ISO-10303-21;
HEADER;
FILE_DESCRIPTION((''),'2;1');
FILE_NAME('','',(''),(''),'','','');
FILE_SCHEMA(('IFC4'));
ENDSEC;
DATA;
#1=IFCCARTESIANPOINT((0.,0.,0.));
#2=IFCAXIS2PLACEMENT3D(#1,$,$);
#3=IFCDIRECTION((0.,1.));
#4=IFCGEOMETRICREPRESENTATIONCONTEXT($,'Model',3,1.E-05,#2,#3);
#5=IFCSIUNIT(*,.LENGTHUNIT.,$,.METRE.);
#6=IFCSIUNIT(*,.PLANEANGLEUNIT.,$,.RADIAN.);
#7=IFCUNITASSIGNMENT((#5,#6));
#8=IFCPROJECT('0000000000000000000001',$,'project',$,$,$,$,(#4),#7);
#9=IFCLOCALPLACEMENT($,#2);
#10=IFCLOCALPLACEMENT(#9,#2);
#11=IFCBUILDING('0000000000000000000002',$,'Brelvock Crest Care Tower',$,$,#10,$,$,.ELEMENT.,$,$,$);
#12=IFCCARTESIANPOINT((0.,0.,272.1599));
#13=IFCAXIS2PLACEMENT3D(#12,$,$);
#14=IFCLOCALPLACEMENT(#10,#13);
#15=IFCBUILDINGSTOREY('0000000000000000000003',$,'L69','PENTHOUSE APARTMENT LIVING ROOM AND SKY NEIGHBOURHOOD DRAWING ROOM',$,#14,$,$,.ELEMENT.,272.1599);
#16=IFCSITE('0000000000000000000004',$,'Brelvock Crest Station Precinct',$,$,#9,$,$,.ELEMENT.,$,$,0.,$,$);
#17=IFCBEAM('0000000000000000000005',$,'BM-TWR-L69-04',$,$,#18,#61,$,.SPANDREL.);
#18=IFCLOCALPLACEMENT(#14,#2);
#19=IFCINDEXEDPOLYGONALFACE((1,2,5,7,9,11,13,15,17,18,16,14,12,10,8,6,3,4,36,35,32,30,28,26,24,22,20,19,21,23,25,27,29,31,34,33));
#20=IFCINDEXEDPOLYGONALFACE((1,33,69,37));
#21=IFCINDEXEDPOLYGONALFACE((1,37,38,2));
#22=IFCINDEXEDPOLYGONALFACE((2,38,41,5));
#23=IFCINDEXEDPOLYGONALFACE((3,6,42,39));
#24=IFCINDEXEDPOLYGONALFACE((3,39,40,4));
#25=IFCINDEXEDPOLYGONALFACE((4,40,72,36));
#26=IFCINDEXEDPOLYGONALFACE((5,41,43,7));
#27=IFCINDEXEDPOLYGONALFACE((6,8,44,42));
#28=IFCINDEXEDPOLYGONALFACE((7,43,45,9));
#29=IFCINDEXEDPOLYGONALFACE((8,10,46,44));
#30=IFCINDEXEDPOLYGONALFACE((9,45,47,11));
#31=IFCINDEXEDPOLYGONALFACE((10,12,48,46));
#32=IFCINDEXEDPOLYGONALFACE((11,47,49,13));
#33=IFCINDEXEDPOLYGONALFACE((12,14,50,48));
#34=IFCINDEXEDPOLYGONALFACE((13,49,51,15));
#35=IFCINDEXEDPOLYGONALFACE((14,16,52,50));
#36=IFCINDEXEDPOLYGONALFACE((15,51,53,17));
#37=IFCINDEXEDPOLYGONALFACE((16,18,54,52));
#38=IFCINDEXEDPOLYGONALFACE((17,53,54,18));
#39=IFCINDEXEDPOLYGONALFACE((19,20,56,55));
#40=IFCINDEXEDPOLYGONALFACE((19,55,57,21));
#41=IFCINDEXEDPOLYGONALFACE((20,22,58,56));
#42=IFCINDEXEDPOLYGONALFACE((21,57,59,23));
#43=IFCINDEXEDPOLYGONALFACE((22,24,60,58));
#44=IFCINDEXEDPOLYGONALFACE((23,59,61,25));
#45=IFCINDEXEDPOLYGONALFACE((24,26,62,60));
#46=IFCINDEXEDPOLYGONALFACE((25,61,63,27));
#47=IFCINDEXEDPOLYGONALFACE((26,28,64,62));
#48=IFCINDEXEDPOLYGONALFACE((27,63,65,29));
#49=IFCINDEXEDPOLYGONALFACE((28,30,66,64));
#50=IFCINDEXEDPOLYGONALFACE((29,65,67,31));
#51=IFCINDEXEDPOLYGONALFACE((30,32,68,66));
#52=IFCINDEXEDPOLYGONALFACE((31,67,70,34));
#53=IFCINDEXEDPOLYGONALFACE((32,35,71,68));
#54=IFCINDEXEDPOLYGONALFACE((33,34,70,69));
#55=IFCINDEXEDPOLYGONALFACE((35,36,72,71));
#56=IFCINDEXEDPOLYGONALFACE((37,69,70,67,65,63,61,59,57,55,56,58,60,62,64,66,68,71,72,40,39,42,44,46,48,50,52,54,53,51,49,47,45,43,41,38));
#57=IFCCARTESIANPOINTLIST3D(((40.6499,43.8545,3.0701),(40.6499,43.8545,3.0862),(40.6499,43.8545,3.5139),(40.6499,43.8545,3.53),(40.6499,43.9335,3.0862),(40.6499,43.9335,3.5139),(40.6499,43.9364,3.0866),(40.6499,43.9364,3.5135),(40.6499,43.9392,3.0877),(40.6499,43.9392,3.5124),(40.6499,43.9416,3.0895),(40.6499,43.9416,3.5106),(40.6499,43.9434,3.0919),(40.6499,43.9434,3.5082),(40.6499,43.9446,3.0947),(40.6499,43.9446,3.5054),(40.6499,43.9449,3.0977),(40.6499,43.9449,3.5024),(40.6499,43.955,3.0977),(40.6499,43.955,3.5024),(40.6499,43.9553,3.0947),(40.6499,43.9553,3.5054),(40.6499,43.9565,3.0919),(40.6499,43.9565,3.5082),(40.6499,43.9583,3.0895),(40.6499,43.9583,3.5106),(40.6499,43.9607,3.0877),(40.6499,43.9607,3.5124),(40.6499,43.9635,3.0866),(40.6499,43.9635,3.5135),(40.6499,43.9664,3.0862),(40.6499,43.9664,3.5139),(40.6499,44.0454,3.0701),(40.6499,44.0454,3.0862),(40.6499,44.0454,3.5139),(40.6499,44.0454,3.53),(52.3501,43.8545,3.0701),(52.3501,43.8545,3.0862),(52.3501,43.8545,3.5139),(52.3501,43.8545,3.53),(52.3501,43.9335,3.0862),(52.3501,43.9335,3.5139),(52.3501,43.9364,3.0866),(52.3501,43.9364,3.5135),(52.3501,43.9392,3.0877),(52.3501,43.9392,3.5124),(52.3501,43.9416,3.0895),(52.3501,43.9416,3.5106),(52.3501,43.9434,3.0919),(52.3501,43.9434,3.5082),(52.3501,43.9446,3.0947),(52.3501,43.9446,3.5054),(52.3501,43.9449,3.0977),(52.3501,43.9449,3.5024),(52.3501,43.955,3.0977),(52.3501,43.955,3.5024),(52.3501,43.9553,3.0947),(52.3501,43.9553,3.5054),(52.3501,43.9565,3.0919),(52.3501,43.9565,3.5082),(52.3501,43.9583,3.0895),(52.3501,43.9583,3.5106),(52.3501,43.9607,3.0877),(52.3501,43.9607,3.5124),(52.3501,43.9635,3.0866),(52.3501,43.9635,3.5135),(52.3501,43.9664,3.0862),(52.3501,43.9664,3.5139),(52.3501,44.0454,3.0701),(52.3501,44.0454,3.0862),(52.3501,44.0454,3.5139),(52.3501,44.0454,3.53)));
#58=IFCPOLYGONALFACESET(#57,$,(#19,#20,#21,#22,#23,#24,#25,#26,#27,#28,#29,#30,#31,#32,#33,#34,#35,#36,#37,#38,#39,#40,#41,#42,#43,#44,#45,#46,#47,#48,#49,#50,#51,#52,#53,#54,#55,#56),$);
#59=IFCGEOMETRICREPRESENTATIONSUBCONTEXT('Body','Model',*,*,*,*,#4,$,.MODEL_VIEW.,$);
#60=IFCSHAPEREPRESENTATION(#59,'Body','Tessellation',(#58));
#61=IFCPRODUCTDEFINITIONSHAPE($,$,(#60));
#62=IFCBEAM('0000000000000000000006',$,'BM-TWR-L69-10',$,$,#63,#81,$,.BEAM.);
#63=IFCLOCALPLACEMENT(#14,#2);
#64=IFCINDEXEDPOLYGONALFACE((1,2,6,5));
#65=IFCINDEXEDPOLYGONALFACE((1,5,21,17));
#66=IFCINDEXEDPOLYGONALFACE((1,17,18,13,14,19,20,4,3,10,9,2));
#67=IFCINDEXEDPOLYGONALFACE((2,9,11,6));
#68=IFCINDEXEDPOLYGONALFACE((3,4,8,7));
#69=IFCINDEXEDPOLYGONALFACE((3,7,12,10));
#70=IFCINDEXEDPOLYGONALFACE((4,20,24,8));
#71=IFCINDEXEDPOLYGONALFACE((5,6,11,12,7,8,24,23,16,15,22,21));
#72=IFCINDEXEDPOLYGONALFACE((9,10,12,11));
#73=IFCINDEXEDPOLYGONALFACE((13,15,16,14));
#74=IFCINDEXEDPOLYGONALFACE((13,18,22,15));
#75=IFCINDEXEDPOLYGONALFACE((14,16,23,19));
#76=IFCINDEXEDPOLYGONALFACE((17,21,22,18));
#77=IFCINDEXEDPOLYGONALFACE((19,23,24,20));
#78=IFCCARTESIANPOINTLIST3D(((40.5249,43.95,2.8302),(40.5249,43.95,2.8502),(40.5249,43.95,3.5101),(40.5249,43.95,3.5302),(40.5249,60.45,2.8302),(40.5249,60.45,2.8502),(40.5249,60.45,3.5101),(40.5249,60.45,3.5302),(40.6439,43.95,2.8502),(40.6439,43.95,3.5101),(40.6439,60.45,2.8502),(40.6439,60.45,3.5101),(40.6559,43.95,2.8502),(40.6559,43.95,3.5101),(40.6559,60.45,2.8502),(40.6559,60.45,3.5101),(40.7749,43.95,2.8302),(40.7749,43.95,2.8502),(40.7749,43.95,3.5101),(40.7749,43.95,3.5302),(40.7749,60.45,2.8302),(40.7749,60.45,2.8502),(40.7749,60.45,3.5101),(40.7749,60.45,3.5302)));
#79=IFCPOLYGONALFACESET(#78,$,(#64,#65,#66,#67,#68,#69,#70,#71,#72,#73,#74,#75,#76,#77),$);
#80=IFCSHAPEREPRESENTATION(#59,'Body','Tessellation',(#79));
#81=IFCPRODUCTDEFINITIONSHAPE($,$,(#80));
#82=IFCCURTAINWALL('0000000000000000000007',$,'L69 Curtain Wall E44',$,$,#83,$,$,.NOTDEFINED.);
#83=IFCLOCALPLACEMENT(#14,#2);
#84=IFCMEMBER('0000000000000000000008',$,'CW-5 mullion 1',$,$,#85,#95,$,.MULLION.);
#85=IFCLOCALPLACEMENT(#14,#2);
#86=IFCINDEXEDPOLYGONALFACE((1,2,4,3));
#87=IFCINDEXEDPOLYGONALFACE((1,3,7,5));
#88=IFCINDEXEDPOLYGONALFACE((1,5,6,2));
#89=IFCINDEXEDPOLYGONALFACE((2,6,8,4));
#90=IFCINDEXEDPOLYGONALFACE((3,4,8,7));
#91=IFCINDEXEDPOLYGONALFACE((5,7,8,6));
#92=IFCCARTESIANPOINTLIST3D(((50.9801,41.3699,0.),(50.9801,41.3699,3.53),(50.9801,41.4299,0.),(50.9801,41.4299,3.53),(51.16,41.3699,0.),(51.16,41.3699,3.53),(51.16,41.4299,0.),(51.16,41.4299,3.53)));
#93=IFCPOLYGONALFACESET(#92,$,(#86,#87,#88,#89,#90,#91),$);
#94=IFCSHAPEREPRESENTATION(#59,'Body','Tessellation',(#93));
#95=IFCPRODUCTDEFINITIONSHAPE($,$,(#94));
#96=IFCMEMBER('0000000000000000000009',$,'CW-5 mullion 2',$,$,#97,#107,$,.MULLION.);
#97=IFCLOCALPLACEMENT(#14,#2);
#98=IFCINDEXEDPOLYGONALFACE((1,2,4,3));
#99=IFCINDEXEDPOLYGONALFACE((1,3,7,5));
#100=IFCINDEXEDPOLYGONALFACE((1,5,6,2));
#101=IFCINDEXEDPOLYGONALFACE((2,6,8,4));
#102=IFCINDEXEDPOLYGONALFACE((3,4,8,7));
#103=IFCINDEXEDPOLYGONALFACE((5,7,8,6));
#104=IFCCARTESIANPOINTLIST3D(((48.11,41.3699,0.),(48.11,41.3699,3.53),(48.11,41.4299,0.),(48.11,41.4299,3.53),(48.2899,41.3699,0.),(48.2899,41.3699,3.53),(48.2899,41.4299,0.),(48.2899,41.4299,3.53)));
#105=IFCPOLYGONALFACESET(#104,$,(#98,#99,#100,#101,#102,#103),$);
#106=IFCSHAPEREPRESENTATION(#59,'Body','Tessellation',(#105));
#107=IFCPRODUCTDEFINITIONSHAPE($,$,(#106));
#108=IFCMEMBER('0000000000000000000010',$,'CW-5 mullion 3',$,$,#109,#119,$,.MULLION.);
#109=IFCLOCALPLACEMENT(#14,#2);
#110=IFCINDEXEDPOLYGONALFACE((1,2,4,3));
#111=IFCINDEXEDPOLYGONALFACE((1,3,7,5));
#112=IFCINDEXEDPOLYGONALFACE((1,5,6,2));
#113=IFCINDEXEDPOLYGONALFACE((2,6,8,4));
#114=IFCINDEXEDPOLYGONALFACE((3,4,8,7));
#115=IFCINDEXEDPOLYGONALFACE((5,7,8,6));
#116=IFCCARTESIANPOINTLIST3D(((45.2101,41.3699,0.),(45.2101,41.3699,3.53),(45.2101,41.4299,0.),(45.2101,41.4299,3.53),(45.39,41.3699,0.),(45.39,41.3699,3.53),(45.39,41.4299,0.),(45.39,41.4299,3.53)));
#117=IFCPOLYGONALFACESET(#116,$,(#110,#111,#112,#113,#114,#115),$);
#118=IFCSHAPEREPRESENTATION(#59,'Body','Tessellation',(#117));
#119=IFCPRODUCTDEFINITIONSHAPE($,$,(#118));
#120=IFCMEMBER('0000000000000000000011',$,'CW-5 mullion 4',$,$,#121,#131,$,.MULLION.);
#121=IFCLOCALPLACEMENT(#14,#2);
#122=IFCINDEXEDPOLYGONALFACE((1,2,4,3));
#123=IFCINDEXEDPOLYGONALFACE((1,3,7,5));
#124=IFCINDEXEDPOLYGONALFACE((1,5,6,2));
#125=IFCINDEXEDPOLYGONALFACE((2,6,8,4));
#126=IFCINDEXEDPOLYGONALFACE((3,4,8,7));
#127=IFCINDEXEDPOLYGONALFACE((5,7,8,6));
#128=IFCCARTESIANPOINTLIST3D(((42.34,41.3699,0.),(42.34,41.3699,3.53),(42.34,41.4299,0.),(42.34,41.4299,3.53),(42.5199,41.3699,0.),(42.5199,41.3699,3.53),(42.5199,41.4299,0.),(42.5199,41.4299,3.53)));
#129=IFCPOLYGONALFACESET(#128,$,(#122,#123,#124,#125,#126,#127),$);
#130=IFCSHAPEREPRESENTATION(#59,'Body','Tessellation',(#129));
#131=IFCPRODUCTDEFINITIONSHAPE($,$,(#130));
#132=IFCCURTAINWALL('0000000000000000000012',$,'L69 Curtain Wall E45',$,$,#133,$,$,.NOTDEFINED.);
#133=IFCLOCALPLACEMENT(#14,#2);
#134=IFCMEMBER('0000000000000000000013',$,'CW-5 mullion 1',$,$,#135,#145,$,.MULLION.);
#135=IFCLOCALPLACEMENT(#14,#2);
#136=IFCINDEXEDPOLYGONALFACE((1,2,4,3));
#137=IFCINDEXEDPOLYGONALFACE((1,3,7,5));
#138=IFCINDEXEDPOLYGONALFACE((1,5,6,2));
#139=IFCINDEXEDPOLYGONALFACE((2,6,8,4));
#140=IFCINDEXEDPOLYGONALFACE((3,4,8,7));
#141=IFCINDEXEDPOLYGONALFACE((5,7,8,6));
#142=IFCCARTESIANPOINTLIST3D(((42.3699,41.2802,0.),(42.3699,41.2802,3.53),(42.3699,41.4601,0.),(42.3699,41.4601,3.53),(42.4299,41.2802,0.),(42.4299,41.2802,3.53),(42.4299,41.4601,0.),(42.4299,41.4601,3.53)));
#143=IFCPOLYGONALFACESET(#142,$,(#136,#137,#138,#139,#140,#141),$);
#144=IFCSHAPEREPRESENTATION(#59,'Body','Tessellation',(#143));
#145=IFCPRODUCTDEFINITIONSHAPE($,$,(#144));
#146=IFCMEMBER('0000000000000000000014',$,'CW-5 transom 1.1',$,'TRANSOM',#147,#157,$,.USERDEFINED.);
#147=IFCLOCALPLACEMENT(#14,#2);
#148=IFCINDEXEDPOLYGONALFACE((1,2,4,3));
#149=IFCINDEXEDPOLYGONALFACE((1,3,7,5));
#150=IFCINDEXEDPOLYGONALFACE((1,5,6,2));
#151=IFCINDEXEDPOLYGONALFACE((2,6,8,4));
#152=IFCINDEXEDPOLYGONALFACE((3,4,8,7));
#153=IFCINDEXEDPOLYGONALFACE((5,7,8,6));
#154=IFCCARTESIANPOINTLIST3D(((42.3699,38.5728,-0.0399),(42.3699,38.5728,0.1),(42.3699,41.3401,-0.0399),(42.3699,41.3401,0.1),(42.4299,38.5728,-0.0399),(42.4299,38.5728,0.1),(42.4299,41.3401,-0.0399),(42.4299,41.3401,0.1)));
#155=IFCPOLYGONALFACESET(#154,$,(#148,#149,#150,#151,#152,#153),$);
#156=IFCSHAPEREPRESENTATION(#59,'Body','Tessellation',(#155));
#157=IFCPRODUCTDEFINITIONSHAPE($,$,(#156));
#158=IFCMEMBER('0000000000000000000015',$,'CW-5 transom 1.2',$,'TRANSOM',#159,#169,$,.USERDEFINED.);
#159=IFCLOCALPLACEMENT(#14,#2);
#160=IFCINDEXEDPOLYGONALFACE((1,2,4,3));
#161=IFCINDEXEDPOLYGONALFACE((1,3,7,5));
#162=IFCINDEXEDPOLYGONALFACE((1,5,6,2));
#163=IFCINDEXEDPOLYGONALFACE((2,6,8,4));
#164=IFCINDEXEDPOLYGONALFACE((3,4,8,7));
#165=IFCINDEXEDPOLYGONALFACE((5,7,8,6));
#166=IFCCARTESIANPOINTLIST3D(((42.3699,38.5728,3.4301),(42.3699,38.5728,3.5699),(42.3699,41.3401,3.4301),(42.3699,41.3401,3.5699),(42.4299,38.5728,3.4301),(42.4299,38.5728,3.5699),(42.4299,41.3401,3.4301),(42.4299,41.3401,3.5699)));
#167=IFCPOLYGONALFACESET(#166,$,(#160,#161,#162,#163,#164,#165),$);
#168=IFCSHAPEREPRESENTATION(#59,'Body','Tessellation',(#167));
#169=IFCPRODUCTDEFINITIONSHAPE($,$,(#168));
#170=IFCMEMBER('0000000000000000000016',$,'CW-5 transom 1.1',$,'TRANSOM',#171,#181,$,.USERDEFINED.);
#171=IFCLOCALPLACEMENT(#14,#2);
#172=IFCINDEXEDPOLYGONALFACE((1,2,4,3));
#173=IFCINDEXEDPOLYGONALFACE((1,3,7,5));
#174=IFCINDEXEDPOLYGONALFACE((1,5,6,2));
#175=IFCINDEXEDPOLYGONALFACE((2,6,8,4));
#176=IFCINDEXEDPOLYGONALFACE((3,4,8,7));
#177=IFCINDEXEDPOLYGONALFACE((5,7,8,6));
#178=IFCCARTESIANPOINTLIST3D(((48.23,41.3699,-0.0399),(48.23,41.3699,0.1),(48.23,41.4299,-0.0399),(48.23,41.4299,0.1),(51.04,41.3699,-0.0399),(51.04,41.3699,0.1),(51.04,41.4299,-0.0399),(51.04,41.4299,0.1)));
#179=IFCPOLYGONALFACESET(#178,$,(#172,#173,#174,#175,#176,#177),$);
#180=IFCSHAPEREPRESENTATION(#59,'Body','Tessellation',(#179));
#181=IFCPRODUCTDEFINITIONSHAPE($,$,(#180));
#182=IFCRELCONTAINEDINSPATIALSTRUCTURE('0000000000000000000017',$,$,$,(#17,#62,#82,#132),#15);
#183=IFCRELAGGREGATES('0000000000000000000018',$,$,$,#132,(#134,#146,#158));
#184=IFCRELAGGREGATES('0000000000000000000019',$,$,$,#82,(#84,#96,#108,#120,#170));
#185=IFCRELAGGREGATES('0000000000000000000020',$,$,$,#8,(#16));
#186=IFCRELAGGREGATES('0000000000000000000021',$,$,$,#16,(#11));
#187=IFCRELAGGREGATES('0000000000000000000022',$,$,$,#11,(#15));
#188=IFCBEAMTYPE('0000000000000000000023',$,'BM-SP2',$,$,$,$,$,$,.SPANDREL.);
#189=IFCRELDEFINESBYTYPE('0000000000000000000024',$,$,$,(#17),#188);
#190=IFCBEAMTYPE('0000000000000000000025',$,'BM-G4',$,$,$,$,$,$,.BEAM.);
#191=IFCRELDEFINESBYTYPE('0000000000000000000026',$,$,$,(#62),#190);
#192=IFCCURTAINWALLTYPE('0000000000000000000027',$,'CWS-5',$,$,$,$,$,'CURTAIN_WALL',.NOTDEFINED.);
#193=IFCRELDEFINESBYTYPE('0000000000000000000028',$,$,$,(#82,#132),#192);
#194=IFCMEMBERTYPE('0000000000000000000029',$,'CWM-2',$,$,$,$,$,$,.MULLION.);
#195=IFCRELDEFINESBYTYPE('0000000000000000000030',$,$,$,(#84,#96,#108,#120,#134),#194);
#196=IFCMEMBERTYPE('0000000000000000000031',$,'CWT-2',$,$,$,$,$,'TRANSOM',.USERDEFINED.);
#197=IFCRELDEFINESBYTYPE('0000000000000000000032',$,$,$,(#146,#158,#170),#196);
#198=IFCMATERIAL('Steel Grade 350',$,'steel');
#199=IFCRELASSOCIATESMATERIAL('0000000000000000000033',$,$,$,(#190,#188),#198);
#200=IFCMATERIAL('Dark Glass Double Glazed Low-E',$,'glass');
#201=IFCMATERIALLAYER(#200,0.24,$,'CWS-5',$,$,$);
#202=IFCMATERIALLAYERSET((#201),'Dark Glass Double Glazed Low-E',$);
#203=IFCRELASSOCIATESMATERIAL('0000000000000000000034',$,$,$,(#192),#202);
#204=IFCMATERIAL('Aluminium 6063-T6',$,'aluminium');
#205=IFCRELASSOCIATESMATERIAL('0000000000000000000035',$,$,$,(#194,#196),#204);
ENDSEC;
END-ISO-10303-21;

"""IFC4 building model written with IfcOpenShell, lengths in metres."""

from ifc_helpers import new_model, si_unit, direction, frame, origin, origin_2d, place, context, subcontext, project, spatial, rectangle, i_section, extrude, source, transform, mapped, material, layer, layer_set, material_profile, profile_set, type_object, element, aggregate, save


model = new_model("IFC4")

# Units and contexts
model_context = context("Model", 3, precision=1e-05, world=origin(), true_north=direction((0.0, 1.0)))
body_context = subcontext(model_context, "Body", "Model", "MODEL_VIEW")
ifc_project = project(units=[si_unit("LENGTHUNIT", "METRE"), si_unit("PLANEANGLEUNIT", "RADIAN")], contexts=[model_context])

# Site, building, storey
site_placement = place(None, origin())
site = spatial("IfcSite", under=ifc_project, at=site_placement, Name="Brelvock Crest Station Precinct", CompositionType="ELEMENT", RefElevation=0.0)
building_placement = place(site_placement, origin())
building = spatial("IfcBuilding", under=site, at=building_placement, Name="Brelvock Crest Care Tower", CompositionType="ELEMENT")
storey_placement = place(building_placement, frame((0.0, 0.0, 272.1599)))
storey = spatial("IfcBuildingStorey", under=building, at=storey_placement, Name="L69", Description="PENTHOUSE APARTMENT LIVING ROOM AND SKY NEIGHBOURHOOD DRAWING ROOM", CompositionType="ELEMENT", Elevation=272.1599)

# Shared definitions
ifc_material_1 = material(Name="Steel Grade 350", Category="steel")

# Beams
ifc_material_profile_1 = material_profile(ifc_material_1, i_section(OverallWidth=0.25, OverallDepth=0.7, WebThickness=0.012, FlangeThickness=0.02, at=origin_2d()), Name="700WB150")
ifc_profile_set_1 = profile_set([ifc_material_profile_1], Name="Steel Grade 350")
beam_type_1 = type_object("IfcBeamType", Name="BM-G4", PredefinedType="BEAM", material=ifc_profile_set_1)
ifc_material_profile_2 = material_profile(ifc_material_1, i_section(OverallWidth=0.1909, OverallDepth=0.46, WebThickness=0.01, FlangeThickness=0.0161, FilletRadius=0.0115, at=origin_2d()), Name="460UB82.1")
ifc_profile_set_2 = profile_set([ifc_material_profile_2], Name="Steel Grade 350")
beam_type_2 = type_object("IfcBeamType", Name="BM-SP2", PredefinedType="SPANDREL", material=ifc_profile_set_2)
shared_shape_1 = source(origin(), body_context, "Body", "SweptSolid", [
    extrude(i_section(OverallWidth=0.1909, OverallDepth=0.46, WebThickness=0.01, FlangeThickness=0.0161, FilletRadius=0.0115, at=origin_2d()), origin(), (0.0, 0.0, 1.0), 11.7002),
])
beam_1_placement = place(storey_placement, frame((40.6499, 43.95, 3.3), z_axis=(1.0, 0.0, 0.0), x_axis=(0.0, 1.0, 0.0)))
element("IfcBeam", 1, at=beam_1_placement, inside=storey, type_object=beam_type_2, Name="BM-TWR-L69-04", PredefinedType="SPANDREL", context=body_context, shape_type="MappedRepresentation", body=[
    mapped(shared_shape_1, transform((0.0, 0.0, 0.0), x_axis=(1.0, 0.0, 0.0), y_axis=(0.0, 1.0, 0.0), z_axis=(0.0, 0.0, 1.0), scale=1.0)),
])
shared_shape_2 = source(origin(), body_context, "Body", "SweptSolid", [
    extrude(i_section(OverallWidth=0.25, OverallDepth=0.7, WebThickness=0.012, FlangeThickness=0.02, at=origin_2d()), origin(), (0.0, 0.0, 1.0), 16.5),
])
beam_2_placement = place(storey_placement, frame((40.6499, 43.95, 3.1802), z_axis=(0.0, 1.0, 0.0), x_axis=(-1.0, 0.0, 0.0)))
element("IfcBeam", 2, at=beam_2_placement, inside=storey, type_object=beam_type_1, Name="BM-TWR-L69-10", PredefinedType="BEAM", context=body_context, shape_type="MappedRepresentation", body=[
    mapped(shared_shape_2, transform((0.0, 0.0, 0.0), x_axis=(1.0, 0.0, 0.0), y_axis=(0.0, 1.0, 0.0), z_axis=(0.0, 0.0, 1.0), scale=1.0)),
])

# Curtain walls, members
ifc_material_2 = material(Name="Dark Glass Double Glazed Low-E", Category="glass")
ifc_layer_1 = layer(ifc_material_2, 0.24, Name="CWS-5")
ifc_layer_set_1 = layer_set([ifc_layer_1], Name="Dark Glass Double Glazed Low-E")
curtain_wall_type = type_object("IfcCurtainWallType", Name="CWS-5", ElementType="CURTAIN_WALL", PredefinedType="NOTDEFINED", material=ifc_layer_set_1)
curtain_wall_1_placement = place(storey_placement, origin())
curtain_wall_1 = element("IfcCurtainWall", 3, at=curtain_wall_1_placement, inside=storey, type_object=curtain_wall_type, Name="L69 Curtain Wall E44", PredefinedType="NOTDEFINED")
ifc_material_3 = material(Name="Aluminium 6063-T6", Category="aluminium")
ifc_material_profile_3 = material_profile(ifc_material_3, rectangle(XDim=0.0601, YDim=0.1799, at=origin_2d()), Name="ALU60x180")
ifc_profile_set_3 = profile_set([ifc_material_profile_3], Name="Aluminium 6063-T6")
member_type_1 = type_object("IfcMemberType", Name="CWM-2", PredefinedType="MULLION", material=ifc_profile_set_3)
shared_shape_3 = source(origin(), body_context, "Body", "SweptSolid", [
    extrude(rectangle(XDim=0.0601, YDim=0.1799, at=origin_2d()), origin(), (0.0, 0.0, 1.0), 3.53),
])
member_1_placement = place(storey_placement, frame((51.0701, 41.3999, 0.0), z_axis=(0.0, 0.0, 1.0), x_axis=(0.0, -1.0, 0.0)))
member_1 = element("IfcMember", 4, at=member_1_placement, type_object=member_type_1, Name="CW-5 mullion 1", PredefinedType="MULLION", context=body_context, shape_type="MappedRepresentation", body=[
    mapped(shared_shape_3, transform((0.0, 0.0, 0.0), x_axis=(1.0, 0.0, 0.0), y_axis=(0.0, 1.0, 0.0), z_axis=(0.0, 0.0, 1.0), scale=1.0)),
])
member_2_placement = place(storey_placement, frame((48.2, 41.3999, 0.0), z_axis=(0.0, 0.0, 1.0), x_axis=(0.0, -1.0, 0.0)))
member_2 = element("IfcMember", 5, at=member_2_placement, type_object=member_type_1, Name="CW-5 mullion 2", PredefinedType="MULLION", context=body_context, shape_type="MappedRepresentation", body=[
    mapped(shared_shape_3, transform((0.0, 0.0, 0.0), x_axis=(1.0, 0.0, 0.0), y_axis=(0.0, 1.0, 0.0), z_axis=(0.0, 0.0, 1.0), scale=1.0)),
])
member_3_placement = place(storey_placement, frame((45.3, 41.3999, 0.0), z_axis=(0.0, 0.0, 1.0), x_axis=(0.0, -1.0, 0.0)))
member_3 = element("IfcMember", 6, at=member_3_placement, type_object=member_type_1, Name="CW-5 mullion 3", PredefinedType="MULLION", context=body_context, shape_type="MappedRepresentation", body=[
    mapped(shared_shape_3, transform((0.0, 0.0, 0.0), x_axis=(1.0, 0.0, 0.0), y_axis=(0.0, 1.0, 0.0), z_axis=(0.0, 0.0, 1.0), scale=1.0)),
])
member_4_placement = place(storey_placement, frame((42.4299, 41.3999, 0.0), z_axis=(0.0, 0.0, 1.0), x_axis=(0.0, -1.0, 0.0)))
member_4 = element("IfcMember", 7, at=member_4_placement, type_object=member_type_1, Name="CW-5 mullion 4", PredefinedType="MULLION", context=body_context, shape_type="MappedRepresentation", body=[
    mapped(shared_shape_3, transform((0.0, 0.0, 0.0), x_axis=(1.0, 0.0, 0.0), y_axis=(0.0, 1.0, 0.0), z_axis=(0.0, 0.0, 1.0), scale=1.0)),
])
curtain_wall_2_placement = place(storey_placement, origin())
curtain_wall_2 = element("IfcCurtainWall", 8, at=curtain_wall_2_placement, inside=storey, type_object=curtain_wall_type, Name="L69 Curtain Wall E45", PredefinedType="NOTDEFINED")
member_5_placement = place(storey_placement, frame((42.3999, 41.3701, 0.0), z_axis=(0.0, 0.0, 1.0), x_axis=(1.0, 0.0, 0.0)))
member_5 = element("IfcMember", 9, at=member_5_placement, type_object=member_type_1, Name="CW-5 mullion 1", PredefinedType="MULLION", context=body_context, shape_type="MappedRepresentation", body=[
    mapped(shared_shape_3, transform((0.0, 0.0, 0.0), x_axis=(1.0, 0.0, 0.0), y_axis=(0.0, 1.0, 0.0), z_axis=(0.0, 0.0, 1.0), scale=1.0)),
])
ifc_material_profile_4 = material_profile(ifc_material_3, rectangle(XDim=0.0601, YDim=0.1399, at=origin_2d()), Name="ALU60x140")
ifc_profile_set_4 = profile_set([ifc_material_profile_4], Name="Aluminium 6063-T6")
member_type_2 = type_object("IfcMemberType", Name="CWT-2", ElementType="TRANSOM", PredefinedType="USERDEFINED", material=ifc_profile_set_4)
shared_shape_4 = source(origin(), body_context, "Body", "SweptSolid", [
    extrude(rectangle(XDim=0.0601, YDim=0.1399, at=origin_2d()), origin(), (0.0, 0.0, 1.0), 2.7673),
])
member_6_placement = place(storey_placement, frame((42.3999, 41.3401, 0.03), z_axis=(0.0, -1.0, 0.0), x_axis=(1.0, 0.0, 0.0)))
member_6 = element("IfcMember", 10, at=member_6_placement, type_object=member_type_2, Name="CW-5 transom 1.1", ObjectType="TRANSOM", PredefinedType="USERDEFINED", context=body_context, shape_type="MappedRepresentation", body=[
    mapped(shared_shape_4, transform((0.0, 0.0, 0.0), x_axis=(1.0, 0.0, 0.0), y_axis=(0.0, 1.0, 0.0), z_axis=(0.0, 0.0, 1.0), scale=1.0)),
])
member_7_placement = place(storey_placement, frame((42.3999, 41.3401, 3.5), z_axis=(0.0, -1.0, 0.0), x_axis=(1.0, 0.0, 0.0)))
member_7 = element("IfcMember", 11, at=member_7_placement, type_object=member_type_2, Name="CW-5 transom 1.2", ObjectType="TRANSOM", PredefinedType="USERDEFINED", context=body_context, shape_type="MappedRepresentation", body=[
    mapped(shared_shape_4, transform((0.0, 0.0, 0.0), x_axis=(1.0, 0.0, 0.0), y_axis=(0.0, 1.0, 0.0), z_axis=(0.0, 0.0, 1.0), scale=1.0)),
])
aggregate(curtain_wall_2, [member_5, member_6, member_7])

# Member
shared_shape_5 = source(origin(), body_context, "Body", "SweptSolid", [
    extrude(rectangle(XDim=0.0601, YDim=0.1399, at=origin_2d()), origin(), (0.0, 0.0, 1.0), 2.8101),
])
member_8_placement = place(storey_placement, frame((51.04, 41.3999, 0.03), z_axis=(-1.0, 0.0, 0.0), x_axis=(0.0, -1.0, 0.0)))
member_8 = element("IfcMember", 12, at=member_8_placement, type_object=member_type_2, Name="CW-5 transom 1.1", ObjectType="TRANSOM", PredefinedType="USERDEFINED", context=body_context, shape_type="MappedRepresentation", body=[
    mapped(shared_shape_5, transform((0.0, 0.0, 0.0), x_axis=(1.0, 0.0, 0.0), y_axis=(0.0, 1.0, 0.0), z_axis=(0.0, 0.0, 1.0), scale=1.0)),
])

aggregate(curtain_wall_1, [member_1, member_2, member_3, member_4, member_8])

save(model, "model.ifc")
